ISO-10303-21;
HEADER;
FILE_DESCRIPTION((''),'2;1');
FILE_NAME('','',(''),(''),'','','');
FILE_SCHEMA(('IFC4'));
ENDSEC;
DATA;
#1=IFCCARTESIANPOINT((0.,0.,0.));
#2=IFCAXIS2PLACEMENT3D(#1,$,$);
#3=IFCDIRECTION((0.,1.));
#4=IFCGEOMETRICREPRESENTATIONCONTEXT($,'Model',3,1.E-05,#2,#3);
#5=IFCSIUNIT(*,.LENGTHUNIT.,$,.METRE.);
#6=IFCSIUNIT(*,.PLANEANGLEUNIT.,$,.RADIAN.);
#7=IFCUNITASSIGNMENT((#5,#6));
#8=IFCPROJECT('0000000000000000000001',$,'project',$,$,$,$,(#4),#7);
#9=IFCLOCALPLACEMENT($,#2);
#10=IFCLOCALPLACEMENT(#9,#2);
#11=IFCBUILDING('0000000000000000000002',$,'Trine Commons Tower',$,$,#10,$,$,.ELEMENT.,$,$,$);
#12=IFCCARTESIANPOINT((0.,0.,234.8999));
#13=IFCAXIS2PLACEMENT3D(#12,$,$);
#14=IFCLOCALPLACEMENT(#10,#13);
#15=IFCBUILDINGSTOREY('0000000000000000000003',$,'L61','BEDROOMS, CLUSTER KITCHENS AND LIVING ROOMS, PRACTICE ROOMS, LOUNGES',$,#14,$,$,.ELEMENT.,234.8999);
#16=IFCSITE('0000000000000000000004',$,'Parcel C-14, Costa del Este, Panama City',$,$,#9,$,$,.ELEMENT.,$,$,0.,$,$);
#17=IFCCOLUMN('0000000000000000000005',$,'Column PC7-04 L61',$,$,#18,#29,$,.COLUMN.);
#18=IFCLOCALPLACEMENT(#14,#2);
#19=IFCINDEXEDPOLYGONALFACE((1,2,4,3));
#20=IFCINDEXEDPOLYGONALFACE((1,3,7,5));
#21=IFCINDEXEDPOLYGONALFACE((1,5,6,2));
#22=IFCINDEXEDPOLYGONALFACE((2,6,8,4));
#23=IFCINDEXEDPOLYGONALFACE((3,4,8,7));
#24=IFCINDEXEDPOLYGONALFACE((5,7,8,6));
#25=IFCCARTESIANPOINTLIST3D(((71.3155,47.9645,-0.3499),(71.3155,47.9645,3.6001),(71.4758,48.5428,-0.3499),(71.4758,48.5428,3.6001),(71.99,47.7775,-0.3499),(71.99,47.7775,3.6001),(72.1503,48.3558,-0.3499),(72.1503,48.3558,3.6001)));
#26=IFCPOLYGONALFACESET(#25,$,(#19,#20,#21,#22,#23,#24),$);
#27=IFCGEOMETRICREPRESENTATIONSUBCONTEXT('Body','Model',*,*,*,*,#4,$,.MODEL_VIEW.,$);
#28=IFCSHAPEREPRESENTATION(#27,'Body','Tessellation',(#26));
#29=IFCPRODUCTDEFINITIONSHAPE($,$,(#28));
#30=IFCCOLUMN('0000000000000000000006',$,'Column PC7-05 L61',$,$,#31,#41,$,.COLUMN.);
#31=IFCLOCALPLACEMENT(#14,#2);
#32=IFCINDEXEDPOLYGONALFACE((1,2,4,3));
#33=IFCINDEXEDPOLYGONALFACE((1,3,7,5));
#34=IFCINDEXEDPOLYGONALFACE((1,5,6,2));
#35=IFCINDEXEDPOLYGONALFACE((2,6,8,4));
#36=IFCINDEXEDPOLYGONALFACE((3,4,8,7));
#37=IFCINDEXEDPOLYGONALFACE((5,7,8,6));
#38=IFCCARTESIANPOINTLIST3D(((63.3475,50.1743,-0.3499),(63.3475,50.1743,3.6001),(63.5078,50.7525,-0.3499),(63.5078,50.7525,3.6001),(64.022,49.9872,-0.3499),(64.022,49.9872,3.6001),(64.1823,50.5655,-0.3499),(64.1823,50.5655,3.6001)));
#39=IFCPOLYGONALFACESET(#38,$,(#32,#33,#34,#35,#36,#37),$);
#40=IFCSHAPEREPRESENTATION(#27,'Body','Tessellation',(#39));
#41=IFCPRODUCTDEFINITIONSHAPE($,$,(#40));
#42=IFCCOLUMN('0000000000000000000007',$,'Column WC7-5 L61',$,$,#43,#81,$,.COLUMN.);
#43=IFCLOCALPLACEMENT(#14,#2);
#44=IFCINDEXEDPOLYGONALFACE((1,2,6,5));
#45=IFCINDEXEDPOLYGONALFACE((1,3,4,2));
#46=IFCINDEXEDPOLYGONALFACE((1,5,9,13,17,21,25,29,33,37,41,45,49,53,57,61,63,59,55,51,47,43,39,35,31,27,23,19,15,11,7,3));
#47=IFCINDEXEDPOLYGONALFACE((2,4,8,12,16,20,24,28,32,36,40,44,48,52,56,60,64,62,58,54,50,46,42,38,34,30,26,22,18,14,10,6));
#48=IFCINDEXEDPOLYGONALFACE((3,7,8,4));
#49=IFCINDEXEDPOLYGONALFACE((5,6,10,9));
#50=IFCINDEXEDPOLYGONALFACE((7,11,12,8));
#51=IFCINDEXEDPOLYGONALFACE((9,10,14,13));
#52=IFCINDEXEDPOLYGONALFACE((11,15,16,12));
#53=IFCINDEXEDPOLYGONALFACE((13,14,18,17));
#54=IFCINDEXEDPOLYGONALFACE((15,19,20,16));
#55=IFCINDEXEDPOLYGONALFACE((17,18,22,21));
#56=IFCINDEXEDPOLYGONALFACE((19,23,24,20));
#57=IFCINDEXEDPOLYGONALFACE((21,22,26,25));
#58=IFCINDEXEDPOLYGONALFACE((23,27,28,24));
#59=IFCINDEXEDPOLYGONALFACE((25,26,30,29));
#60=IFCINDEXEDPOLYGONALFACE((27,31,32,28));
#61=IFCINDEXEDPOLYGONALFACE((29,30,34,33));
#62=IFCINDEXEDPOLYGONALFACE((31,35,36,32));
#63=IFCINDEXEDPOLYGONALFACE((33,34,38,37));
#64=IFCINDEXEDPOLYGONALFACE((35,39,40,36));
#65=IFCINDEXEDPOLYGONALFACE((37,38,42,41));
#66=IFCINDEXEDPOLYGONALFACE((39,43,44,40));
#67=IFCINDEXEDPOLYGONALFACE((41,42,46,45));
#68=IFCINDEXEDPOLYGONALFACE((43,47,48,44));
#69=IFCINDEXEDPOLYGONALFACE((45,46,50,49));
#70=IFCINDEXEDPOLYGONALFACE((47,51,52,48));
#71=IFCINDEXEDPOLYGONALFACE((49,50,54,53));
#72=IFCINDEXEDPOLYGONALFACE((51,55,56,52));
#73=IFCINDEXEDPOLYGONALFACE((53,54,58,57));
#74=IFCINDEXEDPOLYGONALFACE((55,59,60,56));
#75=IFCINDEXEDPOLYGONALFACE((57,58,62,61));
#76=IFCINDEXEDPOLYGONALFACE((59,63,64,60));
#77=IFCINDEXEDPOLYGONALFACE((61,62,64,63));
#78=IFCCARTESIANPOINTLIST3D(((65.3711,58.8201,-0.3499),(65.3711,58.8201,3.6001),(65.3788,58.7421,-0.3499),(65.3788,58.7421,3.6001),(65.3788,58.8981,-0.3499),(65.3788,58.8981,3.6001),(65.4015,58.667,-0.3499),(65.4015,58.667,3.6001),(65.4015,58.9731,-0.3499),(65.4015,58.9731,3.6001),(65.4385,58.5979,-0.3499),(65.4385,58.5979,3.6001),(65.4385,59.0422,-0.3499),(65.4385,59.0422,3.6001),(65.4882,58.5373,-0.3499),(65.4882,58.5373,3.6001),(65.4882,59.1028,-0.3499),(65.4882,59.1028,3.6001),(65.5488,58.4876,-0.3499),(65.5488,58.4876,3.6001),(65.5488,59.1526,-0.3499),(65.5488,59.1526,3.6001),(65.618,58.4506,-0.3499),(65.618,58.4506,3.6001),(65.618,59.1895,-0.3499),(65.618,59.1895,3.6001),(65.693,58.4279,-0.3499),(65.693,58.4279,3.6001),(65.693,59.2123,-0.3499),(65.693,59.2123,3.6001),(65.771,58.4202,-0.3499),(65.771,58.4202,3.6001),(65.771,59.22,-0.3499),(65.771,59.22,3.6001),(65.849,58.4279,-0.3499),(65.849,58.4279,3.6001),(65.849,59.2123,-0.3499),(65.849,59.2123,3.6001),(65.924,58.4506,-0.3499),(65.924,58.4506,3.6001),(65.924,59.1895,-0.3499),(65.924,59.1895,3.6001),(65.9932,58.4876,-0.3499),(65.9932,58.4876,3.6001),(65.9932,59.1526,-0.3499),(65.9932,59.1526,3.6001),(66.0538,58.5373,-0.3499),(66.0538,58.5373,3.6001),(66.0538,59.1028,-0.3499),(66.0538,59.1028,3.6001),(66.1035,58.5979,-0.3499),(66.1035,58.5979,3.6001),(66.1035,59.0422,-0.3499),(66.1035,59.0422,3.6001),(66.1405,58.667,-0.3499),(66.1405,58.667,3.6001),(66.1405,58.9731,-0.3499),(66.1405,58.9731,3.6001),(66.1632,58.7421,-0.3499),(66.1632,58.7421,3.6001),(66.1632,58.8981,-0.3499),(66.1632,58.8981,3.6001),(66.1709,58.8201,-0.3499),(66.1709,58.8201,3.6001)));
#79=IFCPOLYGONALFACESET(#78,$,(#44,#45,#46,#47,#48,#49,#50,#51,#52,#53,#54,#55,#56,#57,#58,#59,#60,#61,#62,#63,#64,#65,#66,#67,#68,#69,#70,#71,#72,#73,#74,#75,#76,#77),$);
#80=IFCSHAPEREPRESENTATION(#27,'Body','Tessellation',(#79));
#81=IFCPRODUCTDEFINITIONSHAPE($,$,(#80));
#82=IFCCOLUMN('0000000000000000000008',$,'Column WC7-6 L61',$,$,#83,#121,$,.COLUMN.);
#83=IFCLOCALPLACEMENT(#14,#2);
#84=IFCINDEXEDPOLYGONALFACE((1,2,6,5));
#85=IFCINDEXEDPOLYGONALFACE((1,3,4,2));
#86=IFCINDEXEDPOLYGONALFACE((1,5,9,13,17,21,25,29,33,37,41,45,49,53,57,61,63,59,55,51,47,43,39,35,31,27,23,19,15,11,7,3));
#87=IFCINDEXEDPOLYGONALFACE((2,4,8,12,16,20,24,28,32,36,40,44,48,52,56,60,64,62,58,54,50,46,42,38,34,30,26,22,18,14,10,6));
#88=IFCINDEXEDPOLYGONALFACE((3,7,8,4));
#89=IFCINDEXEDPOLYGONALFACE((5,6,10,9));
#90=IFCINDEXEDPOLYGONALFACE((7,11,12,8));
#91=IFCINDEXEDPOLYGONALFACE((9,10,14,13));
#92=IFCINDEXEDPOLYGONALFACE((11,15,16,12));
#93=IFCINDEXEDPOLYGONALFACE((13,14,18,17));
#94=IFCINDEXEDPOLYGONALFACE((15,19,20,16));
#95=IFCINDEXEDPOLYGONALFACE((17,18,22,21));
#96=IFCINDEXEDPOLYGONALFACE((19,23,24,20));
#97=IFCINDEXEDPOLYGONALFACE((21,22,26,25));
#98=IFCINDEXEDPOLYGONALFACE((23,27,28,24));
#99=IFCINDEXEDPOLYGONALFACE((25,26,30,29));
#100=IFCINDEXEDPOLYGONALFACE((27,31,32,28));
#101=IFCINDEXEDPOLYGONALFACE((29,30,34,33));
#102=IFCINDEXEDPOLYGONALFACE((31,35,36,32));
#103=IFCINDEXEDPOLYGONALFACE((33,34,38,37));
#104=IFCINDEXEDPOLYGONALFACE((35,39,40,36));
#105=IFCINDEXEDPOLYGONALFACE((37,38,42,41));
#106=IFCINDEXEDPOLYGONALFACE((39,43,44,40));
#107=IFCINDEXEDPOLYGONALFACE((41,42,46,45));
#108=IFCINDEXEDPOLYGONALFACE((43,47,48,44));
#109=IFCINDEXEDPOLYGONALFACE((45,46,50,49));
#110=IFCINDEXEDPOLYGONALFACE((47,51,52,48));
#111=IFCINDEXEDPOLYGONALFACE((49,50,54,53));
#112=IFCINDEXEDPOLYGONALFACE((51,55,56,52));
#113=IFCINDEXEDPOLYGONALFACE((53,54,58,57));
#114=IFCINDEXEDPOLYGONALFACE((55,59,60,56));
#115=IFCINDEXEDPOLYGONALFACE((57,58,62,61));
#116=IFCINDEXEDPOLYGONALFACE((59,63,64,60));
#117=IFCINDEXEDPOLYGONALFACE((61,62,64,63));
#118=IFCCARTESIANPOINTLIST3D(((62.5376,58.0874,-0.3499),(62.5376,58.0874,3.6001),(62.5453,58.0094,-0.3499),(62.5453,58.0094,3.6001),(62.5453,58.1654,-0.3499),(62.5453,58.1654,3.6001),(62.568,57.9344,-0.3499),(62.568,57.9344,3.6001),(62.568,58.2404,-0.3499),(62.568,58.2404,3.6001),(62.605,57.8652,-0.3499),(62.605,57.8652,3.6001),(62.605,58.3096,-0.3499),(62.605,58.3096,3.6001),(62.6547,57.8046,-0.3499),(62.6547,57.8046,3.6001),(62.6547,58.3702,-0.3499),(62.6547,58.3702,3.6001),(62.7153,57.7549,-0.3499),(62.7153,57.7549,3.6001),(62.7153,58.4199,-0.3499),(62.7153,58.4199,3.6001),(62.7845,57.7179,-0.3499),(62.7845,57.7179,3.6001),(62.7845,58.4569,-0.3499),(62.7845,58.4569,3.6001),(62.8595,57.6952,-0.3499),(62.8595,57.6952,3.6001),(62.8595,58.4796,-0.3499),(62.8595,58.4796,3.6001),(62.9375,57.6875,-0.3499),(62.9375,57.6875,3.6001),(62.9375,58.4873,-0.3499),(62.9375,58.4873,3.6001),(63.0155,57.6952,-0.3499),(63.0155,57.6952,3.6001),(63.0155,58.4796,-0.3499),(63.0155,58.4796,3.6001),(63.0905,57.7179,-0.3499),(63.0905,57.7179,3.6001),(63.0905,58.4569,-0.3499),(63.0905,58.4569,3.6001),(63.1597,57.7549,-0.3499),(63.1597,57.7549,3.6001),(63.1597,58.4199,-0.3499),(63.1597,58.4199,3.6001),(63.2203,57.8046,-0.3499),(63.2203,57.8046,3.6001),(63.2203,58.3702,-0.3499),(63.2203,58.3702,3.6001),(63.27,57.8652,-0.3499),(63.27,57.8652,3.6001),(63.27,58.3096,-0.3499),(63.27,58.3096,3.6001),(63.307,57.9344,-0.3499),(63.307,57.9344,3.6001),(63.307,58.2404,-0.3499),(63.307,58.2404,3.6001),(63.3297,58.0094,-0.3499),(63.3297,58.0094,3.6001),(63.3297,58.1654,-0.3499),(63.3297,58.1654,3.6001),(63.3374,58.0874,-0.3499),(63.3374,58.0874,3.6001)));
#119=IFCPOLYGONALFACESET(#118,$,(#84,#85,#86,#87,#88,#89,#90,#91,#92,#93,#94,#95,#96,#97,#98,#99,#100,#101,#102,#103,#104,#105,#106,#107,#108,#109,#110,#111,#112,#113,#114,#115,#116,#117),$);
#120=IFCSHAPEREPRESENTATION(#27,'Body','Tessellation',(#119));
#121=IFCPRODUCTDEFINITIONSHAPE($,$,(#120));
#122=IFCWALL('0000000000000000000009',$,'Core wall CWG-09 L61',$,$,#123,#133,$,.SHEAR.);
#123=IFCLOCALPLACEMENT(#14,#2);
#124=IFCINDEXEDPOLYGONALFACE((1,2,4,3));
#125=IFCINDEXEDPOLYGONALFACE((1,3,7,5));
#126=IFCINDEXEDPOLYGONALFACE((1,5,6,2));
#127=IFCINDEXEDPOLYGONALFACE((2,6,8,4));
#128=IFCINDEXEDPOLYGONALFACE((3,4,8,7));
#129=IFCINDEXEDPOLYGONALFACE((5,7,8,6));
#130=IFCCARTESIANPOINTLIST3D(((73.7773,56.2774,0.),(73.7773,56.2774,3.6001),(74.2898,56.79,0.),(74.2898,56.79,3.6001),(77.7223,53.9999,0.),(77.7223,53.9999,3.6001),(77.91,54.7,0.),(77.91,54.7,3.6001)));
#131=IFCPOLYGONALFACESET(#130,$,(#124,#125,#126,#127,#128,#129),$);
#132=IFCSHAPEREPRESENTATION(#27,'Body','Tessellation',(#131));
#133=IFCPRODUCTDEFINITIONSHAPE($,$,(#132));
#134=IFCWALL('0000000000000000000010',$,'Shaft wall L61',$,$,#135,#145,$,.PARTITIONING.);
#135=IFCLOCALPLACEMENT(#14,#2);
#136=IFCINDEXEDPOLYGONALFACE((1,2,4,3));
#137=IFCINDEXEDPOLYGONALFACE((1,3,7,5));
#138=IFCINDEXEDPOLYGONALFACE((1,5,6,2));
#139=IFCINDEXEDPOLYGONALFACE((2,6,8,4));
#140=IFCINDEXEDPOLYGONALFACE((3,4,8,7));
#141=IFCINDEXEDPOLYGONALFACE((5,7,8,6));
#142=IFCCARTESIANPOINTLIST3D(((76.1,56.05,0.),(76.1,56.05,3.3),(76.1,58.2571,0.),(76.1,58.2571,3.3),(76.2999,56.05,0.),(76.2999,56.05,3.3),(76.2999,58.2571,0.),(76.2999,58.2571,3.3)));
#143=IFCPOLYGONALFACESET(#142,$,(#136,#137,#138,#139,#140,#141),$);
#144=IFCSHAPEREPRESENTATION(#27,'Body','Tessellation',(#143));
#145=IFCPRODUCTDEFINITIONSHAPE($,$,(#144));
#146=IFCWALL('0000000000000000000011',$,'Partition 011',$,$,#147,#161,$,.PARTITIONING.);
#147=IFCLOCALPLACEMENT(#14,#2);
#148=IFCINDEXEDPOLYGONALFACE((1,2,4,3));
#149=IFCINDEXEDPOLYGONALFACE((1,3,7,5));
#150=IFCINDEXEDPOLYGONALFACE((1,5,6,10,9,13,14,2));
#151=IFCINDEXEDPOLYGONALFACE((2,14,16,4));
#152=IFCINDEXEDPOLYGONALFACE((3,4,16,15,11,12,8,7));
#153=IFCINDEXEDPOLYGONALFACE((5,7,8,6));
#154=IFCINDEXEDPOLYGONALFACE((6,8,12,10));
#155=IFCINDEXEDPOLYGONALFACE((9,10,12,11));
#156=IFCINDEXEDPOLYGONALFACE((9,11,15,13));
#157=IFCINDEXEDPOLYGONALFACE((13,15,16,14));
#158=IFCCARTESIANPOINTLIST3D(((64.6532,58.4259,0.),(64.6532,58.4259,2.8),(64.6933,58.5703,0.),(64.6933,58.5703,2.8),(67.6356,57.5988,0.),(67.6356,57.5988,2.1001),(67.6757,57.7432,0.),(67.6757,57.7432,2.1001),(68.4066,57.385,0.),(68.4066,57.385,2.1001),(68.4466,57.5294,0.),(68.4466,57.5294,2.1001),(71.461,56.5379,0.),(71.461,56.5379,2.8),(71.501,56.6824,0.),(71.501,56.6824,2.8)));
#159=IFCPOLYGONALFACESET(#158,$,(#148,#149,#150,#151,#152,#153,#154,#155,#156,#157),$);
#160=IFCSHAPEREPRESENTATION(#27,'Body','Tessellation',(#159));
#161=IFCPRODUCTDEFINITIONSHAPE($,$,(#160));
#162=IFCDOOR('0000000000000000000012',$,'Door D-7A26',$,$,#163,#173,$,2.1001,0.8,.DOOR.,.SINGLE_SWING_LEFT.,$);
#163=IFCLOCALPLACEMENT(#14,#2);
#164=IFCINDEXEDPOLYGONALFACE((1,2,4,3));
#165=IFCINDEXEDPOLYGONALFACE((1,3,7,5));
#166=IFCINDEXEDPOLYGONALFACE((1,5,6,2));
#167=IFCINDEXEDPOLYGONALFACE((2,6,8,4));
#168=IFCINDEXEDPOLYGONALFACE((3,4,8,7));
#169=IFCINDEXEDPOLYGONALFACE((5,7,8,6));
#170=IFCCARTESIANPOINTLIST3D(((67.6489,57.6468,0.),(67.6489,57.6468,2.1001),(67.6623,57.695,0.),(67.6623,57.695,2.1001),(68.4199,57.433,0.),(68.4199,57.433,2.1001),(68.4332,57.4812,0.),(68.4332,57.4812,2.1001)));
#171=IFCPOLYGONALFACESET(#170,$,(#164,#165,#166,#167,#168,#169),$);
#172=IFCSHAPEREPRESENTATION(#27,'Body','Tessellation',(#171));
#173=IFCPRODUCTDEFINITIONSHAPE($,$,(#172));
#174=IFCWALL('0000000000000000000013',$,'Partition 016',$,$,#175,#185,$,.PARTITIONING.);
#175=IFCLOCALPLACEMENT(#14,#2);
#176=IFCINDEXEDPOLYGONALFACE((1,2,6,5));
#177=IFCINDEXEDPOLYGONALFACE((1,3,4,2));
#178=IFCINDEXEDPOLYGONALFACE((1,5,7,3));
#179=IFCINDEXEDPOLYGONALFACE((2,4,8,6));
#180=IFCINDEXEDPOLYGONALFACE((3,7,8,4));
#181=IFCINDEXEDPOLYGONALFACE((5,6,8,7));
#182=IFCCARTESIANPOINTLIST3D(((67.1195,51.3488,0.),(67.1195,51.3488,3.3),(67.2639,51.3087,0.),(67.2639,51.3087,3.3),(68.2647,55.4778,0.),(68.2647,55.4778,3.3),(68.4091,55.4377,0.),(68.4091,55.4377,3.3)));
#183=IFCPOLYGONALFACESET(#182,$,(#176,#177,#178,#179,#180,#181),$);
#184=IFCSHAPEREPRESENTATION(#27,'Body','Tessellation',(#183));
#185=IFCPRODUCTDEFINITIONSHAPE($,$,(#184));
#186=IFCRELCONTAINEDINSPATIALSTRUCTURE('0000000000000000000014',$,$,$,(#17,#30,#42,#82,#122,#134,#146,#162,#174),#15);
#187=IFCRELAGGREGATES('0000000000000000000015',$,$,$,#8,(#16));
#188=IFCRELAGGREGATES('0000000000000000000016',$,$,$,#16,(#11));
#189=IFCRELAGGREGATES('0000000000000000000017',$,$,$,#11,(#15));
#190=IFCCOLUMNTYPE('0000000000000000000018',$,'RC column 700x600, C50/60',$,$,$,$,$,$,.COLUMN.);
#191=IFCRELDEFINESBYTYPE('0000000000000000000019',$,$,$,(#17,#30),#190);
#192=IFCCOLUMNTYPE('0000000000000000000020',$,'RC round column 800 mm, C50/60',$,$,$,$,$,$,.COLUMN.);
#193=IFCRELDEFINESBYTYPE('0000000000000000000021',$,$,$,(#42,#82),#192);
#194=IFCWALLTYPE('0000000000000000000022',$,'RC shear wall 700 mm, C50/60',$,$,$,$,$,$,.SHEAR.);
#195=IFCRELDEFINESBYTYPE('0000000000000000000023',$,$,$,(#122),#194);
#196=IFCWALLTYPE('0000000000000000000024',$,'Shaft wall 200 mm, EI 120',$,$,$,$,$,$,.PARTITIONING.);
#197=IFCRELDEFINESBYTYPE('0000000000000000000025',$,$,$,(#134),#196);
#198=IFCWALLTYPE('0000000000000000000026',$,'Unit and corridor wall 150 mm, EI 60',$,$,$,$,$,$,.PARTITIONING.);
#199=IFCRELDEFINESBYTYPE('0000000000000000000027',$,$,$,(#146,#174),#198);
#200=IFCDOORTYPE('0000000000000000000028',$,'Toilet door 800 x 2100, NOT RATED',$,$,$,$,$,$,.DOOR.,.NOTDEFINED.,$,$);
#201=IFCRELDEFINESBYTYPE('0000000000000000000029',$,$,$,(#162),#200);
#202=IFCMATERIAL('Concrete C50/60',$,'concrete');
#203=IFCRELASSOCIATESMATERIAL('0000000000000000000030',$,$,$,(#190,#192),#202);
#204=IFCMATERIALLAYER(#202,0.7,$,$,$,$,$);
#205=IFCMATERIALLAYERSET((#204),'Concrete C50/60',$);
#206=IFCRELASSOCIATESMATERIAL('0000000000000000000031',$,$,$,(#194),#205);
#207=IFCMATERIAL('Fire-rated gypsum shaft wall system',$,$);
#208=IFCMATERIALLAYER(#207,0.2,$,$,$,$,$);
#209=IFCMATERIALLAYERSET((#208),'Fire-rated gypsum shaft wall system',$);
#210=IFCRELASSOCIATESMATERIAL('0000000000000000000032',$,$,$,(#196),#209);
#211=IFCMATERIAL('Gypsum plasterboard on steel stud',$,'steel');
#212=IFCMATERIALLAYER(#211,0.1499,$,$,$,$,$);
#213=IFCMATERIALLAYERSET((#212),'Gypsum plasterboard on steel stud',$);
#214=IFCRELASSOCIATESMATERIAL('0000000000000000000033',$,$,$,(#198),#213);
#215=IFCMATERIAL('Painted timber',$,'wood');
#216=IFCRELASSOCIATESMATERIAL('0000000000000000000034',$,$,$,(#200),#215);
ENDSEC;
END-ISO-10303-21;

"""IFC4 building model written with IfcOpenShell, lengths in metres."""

from ifc_helpers import new_model, si_unit, direction, frame, frame_2d, origin, origin_2d, place, context, subcontext, project, spatial, polyline, rectangle, circle, outline, extrude, material, layer, layer_set, material_profile, profile_set, type_object, element, fill, save


model = new_model("IFC4")

# Units and contexts
model_context = context("Model", 3, precision=1e-05, world=origin(), true_north=direction((0.0, 1.0)))
body_context = subcontext(model_context, "Body", "Model", "MODEL_VIEW")
ifc_project = project(units=[si_unit("LENGTHUNIT", "METRE"), si_unit("PLANEANGLEUNIT", "RADIAN")], contexts=[model_context])

# Site, building, storey
site_placement = place(None, origin())
site = spatial("IfcSite", under=ifc_project, at=site_placement, Name="Parcel C-14, Costa del Este, Panama City", CompositionType="ELEMENT", RefElevation=0.0)
building_placement = place(site_placement, origin())
building = spatial("IfcBuilding", under=site, at=building_placement, Name="Trine Commons Tower", CompositionType="ELEMENT")
storey_placement = place(building_placement, frame((0.0, 0.0, 234.8999)))
storey = spatial("IfcBuildingStorey", under=building, at=storey_placement, Name="L61", Description="BEDROOMS, CLUSTER KITCHENS AND LIVING ROOMS, PRACTICE ROOMS, LOUNGES", CompositionType="ELEMENT", Elevation=234.8999)

# Columns
ifc_material_1 = material(Name="Concrete C50/60", Category="concrete")
ifc_material_profile_1 = material_profile(ifc_material_1, rectangle(XDim=0.7, YDim=0.6001, at=origin_2d()), Name="RC 700x600")
ifc_profile_set_1 = profile_set([ifc_material_profile_1], Name="Concrete C50/60")
column_type_1 = type_object("IfcColumnType", Name="RC column 700x600, C50/60", PredefinedType="COLUMN", material=ifc_profile_set_1)
for number, where, z_axis, x_axis, name in (
    (1, (71.7329, 48.1602, -0.3499), (0.0, 0.0, 1.0), (-0.96363, 0.267238, 0.0), "Column PC7-04 L61"),
    (2, (63.7649, 50.3699, -0.3499), (0.0, 0.0, 1.0), (-0.96363, 0.267238, 0.0), "Column PC7-05 L61"),
):
    element("IfcColumn", number, at=place(storey_placement, frame(where, z_axis=z_axis, x_axis=x_axis)), inside=storey, type_object=column_type_1, Name=name, PredefinedType="COLUMN", context=body_context, shape_type="SweptSolid", body=[
        extrude(rectangle(XDim=0.7, YDim=0.6001, at=origin_2d()), origin(), (0.0, 0.0, 1.0), 3.95),
    ])
ifc_material_profile_2 = material_profile(ifc_material_1, circle(Radius=0.3999, at=origin_2d()), Name="RC round 800")
ifc_profile_set_2 = profile_set([ifc_material_profile_2], Name="Concrete C50/60")
column_type_2 = type_object("IfcColumnType", Name="RC round column 800 mm, C50/60", PredefinedType="COLUMN", material=ifc_profile_set_2)
for number, where, z_axis, x_axis, name in (
    (3, (65.771, 58.8201, -0.3499), (0.0, 0.0, 1.0), (1.0, 0.0, 0.0), "Column WC7-5 L61"),
    (4, (62.9375, 58.0874, -0.3499), (0.0, 0.0, 1.0), (1.0, 0.0, 0.0), "Column WC7-6 L61"),
):
    element("IfcColumn", number, at=place(storey_placement, frame(where, z_axis=z_axis, x_axis=x_axis)), inside=storey, type_object=column_type_2, Name=name, PredefinedType="COLUMN", context=body_context, shape_type="SweptSolid", body=[
        extrude(circle(Radius=0.3999, at=origin_2d()), origin(), (0.0, 0.0, 1.0), 3.95),
    ])

# Walls
ifc_layer_1 = layer(ifc_material_1, 0.7)
ifc_layer_set_1 = layer_set([ifc_layer_1], Name="Concrete C50/60")
wall_type_1 = type_object("IfcWallType", Name="RC shear wall 700 mm, C50/60", PredefinedType="SHEAR", material=ifc_layer_set_1)
wall_1_placement = place(storey_placement, frame((73.9524, 56.5806, 0.0), z_axis=(0.0, 0.0, 1.0), x_axis=(0.866035, -0.499984, 0.0)))
element("IfcWall", 5, at=wall_1_placement, inside=storey, type_object=wall_type_1, Name="Core wall CWG-09 L61", PredefinedType="SHEAR", context=body_context, shape_type="SweptSolid", body=[
    extrude(outline(polyline([(0.0, -0.3501), (4.5552, -0.3501), (4.3677, 0.3501), (0.1875, 0.3501), (0.0, -0.3501)])), origin(), (0.0, 0.0, 1.0), 3.6001),
])
ifc_material_2 = material(Name="Fire-rated gypsum shaft wall system")
ifc_layer_2 = layer(ifc_material_2, 0.2)
ifc_layer_set_2 = layer_set([ifc_layer_2], Name="Fire-rated gypsum shaft wall system")
wall_type_2 = type_object("IfcWallType", Name="Shaft wall 200 mm, EI 120", PredefinedType="PARTITIONING", material=ifc_layer_set_2)
wall_2_placement = place(storey_placement, frame((76.2, 58.2571, 0.0), z_axis=(0.0, 0.0, 1.0), x_axis=(0.0, -1.0, 0.0)))
element("IfcWall", 6, at=wall_2_placement, inside=storey, type_object=wall_type_2, Name="Shaft wall L61", PredefinedType="PARTITIONING", context=body_context, shape_type="SweptSolid", body=[
    extrude(rectangle(XDim=2.207, YDim=0.2, at=frame_2d((1.1035, 0.0))), origin(), (0.0, 0.0, 1.0), 3.3),
])

# Wall, opening, door
ifc_material_3 = material(Name="Gypsum plasterboard on steel stud", Category="steel")
ifc_layer_3 = layer(ifc_material_3, 0.1499)
ifc_layer_set_3 = layer_set([ifc_layer_3], Name="Gypsum plasterboard on steel stud")
wall_type_3 = type_object("IfcWallType", Name="Unit and corridor wall 150 mm, EI 60", PredefinedType="PARTITIONING", material=ifc_layer_set_3)
wall_3_placement = place(storey_placement, frame((64.6733, 58.498, 0.0), z_axis=(0.0, 0.0, 1.0), x_axis=(0.963632, -0.267232, 0.0)))
wall_3 = element("IfcWall", 7, at=wall_3_placement, inside=storey, type_object=wall_type_3, Name="Partition 011", PredefinedType="PARTITIONING", context=body_context, shape_type="SweptSolid", body=[
    extrude(rectangle(XDim=7.0647, YDim=0.1499, at=frame_2d((3.5322, 0.0))), origin(), (0.0, 0.0, 1.0), 2.8),
])
opening_1_placement = place(wall_3_placement, frame((3.095, 0.0, 0.0)))
opening_1 = element("IfcOpeningElement", 8, at=opening_1_placement, cuts=wall_3, PredefinedType="OPENING", context=body_context, shape_type="SweptSolid", body=[
    extrude(rectangle(XDim=0.8, YDim=2.1001, at=frame_2d((0.3999, 1.05))), frame((0.0, 0.085, 0.0), z_axis=(0.0, -1.0, 0.0), x_axis=(1.0, 0.0, 0.0)), (0.0, 0.0, 1.0), 0.1699),
])
ifc_material_4 = material(Name="Painted timber", Category="wood")
door_type_1 = type_object("IfcDoorType", Name="Toilet door 800 x 2100, NOT RATED", OperationType="NOTDEFINED", PredefinedType="DOOR", material=ifc_material_4)
door_1_placement = place(opening_1_placement, origin())
door_1 = element("IfcDoor", 9, at=door_1_placement, inside=storey, type_object=door_type_1, Name="Door D-7A26", OperationType="SINGLE_SWING_LEFT", OverallHeight=2.1001, OverallWidth=0.8, PredefinedType="DOOR", context=body_context, shape_type="SweptSolid", body=[
    extrude(rectangle(XDim=0.8, YDim=2.1001, at=frame_2d((0.3999, 1.05))), frame((0.0, 0.0249, 0.0), z_axis=(0.0, -1.0, 0.0), x_axis=(1.0, 0.0, 0.0)), (0.0, 0.0, 1.0), 0.05),
])
fill(opening_1, door_1)

# Wall
wall_4_placement = place(storey_placement, frame((67.1917, 51.3286, 0.0), z_axis=(0.0, 0.0, 1.0), x_axis=(0.267271, 0.963622, 0.0)))
element("IfcWall", 10, at=wall_4_placement, inside=storey, type_object=wall_type_3, Name="Partition 016", PredefinedType="PARTITIONING", context=body_context, shape_type="SweptSolid", body=[
    extrude(rectangle(XDim=4.2849, YDim=0.1499, at=frame_2d((2.1426, 0.0))), origin(), (0.0, 0.0, 1.0), 3.3),
])

save(model, "model.ifc")
